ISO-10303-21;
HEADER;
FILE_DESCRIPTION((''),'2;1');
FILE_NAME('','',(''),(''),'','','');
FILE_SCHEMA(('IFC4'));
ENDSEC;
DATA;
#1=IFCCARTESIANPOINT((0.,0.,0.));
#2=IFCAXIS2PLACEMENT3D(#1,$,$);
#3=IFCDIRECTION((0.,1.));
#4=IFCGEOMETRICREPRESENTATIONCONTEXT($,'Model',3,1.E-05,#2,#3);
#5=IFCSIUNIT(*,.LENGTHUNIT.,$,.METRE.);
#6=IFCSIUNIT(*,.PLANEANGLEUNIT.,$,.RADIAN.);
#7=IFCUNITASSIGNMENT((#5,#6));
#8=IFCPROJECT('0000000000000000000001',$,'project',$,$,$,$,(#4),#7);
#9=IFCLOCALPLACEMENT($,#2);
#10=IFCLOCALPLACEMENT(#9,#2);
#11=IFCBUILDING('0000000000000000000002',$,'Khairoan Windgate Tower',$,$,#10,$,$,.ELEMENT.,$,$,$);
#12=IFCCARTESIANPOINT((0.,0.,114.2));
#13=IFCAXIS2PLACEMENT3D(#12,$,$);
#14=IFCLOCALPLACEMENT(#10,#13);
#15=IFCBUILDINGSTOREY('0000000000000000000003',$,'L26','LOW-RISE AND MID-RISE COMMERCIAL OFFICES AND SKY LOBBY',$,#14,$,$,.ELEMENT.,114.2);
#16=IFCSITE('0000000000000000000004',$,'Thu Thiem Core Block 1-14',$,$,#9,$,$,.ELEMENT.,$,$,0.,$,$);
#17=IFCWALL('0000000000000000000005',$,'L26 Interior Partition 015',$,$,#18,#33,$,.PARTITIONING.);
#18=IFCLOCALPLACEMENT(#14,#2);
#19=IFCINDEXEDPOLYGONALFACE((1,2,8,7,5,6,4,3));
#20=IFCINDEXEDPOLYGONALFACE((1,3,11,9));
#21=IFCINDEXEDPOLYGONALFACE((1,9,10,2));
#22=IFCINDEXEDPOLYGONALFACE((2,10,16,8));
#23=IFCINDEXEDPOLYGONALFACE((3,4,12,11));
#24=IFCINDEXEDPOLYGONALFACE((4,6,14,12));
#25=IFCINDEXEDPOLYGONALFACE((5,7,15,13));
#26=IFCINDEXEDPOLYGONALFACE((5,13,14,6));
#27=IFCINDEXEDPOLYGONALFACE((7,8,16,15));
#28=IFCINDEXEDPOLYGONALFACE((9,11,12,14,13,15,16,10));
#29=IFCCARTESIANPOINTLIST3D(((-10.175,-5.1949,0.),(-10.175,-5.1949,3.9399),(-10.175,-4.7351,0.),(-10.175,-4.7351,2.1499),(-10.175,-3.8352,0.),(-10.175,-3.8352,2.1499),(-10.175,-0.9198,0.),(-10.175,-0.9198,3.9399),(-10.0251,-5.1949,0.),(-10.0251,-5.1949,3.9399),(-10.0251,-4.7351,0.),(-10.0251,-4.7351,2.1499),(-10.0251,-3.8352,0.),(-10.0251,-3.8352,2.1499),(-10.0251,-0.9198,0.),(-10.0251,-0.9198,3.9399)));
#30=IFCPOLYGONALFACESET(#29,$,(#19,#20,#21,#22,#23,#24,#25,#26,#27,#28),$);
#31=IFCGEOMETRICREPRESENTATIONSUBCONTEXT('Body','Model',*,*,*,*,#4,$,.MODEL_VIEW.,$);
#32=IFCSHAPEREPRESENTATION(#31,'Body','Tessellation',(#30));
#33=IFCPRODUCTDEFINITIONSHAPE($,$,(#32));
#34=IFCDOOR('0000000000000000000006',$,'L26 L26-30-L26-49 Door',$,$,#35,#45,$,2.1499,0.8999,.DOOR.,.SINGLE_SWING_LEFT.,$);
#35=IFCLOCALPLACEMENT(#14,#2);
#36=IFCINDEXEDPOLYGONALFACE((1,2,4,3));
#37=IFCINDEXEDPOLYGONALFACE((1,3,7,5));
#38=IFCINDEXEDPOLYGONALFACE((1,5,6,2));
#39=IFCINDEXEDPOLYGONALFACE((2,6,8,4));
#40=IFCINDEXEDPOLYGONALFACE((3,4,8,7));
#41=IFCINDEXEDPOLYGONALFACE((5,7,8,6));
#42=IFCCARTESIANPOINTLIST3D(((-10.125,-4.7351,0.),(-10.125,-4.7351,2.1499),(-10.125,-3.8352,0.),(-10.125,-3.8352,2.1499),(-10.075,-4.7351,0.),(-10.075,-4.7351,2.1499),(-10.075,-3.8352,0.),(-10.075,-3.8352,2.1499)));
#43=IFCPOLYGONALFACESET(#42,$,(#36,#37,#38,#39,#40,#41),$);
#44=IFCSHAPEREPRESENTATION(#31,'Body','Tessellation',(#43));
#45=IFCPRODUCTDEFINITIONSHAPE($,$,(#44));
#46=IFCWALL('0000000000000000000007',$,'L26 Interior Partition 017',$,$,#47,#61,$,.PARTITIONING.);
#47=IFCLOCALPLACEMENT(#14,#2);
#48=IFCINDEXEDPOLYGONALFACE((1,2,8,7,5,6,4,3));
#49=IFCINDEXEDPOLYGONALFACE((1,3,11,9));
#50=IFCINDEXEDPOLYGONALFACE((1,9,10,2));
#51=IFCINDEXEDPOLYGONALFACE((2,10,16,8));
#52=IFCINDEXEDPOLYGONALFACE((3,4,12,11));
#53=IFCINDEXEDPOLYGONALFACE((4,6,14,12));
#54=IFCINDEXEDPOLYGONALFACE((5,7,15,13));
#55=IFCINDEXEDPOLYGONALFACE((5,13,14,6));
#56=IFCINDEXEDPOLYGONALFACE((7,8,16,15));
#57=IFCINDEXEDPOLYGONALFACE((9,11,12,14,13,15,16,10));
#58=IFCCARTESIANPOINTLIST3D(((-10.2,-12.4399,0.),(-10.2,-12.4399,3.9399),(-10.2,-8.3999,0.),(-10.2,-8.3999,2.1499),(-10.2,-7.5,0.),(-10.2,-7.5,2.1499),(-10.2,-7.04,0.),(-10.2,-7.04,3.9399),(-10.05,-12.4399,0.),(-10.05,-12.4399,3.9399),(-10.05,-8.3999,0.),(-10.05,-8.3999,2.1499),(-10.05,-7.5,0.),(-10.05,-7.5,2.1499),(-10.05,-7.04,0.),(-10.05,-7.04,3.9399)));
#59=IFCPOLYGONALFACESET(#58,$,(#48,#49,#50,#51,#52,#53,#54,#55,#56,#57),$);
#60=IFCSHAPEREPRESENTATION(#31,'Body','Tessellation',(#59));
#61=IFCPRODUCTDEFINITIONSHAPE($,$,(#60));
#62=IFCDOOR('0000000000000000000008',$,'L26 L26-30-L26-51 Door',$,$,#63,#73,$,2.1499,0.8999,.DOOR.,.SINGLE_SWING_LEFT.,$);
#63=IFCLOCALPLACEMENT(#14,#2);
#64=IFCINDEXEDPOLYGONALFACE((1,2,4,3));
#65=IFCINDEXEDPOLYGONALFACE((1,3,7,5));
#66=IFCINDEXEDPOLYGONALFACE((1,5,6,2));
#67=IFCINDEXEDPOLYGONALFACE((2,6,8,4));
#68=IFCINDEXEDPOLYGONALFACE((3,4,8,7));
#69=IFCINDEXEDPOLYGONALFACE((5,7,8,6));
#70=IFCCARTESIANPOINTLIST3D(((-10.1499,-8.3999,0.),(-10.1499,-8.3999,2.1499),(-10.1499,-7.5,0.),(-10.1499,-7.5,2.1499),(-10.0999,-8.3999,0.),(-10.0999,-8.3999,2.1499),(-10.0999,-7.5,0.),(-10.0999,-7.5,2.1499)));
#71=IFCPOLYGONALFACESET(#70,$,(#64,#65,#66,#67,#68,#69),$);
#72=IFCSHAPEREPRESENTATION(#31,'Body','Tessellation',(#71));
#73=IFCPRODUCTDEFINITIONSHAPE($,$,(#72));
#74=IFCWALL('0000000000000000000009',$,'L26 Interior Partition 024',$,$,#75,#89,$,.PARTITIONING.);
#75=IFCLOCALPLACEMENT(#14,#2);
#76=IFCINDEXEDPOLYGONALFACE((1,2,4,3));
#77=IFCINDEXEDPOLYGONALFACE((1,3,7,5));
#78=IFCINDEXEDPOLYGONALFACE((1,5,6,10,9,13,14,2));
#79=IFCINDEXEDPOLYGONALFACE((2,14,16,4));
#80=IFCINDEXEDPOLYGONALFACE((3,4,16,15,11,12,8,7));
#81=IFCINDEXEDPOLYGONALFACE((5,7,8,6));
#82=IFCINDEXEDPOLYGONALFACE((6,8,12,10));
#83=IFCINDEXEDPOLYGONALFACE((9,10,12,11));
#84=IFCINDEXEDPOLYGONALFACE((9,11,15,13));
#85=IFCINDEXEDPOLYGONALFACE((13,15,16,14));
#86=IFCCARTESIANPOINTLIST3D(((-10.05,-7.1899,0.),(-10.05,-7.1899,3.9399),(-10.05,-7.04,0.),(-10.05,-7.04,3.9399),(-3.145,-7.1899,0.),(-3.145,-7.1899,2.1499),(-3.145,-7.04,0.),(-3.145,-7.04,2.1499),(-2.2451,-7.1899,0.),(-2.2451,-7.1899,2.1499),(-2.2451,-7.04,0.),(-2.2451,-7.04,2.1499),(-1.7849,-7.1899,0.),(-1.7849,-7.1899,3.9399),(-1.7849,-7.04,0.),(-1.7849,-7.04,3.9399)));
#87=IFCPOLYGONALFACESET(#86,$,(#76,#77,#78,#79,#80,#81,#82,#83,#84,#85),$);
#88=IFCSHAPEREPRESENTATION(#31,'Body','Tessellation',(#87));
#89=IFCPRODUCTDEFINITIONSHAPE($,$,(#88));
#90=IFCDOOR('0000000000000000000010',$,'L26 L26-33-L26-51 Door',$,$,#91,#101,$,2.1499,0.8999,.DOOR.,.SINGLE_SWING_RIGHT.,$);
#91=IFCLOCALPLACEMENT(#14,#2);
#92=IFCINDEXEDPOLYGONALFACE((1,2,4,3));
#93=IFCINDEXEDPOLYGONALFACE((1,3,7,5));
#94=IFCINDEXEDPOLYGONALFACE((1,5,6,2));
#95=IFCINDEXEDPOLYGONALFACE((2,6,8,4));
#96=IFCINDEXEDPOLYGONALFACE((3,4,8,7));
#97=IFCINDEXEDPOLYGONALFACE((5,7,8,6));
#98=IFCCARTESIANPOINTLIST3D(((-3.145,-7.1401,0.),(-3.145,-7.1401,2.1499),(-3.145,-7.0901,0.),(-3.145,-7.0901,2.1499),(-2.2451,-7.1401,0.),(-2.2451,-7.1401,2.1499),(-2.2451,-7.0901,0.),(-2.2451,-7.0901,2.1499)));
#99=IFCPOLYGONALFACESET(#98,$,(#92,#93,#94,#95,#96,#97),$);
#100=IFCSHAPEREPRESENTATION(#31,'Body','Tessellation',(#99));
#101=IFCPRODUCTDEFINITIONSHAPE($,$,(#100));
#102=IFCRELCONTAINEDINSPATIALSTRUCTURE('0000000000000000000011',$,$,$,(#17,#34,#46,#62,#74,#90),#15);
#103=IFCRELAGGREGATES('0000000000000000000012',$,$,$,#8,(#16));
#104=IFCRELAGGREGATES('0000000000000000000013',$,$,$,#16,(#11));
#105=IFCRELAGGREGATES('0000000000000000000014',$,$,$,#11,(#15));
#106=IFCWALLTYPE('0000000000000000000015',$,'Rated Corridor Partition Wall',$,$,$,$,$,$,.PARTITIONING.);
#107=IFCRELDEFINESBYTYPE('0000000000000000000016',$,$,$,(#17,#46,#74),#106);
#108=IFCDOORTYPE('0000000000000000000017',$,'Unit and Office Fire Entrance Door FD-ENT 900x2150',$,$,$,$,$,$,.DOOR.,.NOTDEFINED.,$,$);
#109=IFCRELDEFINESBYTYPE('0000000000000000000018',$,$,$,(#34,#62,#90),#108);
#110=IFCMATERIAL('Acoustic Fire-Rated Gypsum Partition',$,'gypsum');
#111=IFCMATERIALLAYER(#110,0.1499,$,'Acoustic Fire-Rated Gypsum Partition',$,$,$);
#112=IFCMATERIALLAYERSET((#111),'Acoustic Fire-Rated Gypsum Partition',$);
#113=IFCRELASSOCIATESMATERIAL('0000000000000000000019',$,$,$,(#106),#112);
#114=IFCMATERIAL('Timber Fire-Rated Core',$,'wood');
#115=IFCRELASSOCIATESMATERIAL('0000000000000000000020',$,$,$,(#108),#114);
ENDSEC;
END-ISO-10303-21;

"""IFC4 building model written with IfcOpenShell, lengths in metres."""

from ifc_helpers import new_model, si_unit, direction, frame, frame_2d, origin, place, context, subcontext, project, spatial, rectangle, extrude, material, layer, layer_set, type_object, element, fill, save


model = new_model("IFC4")

# Units and contexts
model_context = context("Model", 3, precision=1e-05, world=origin(), true_north=direction((0.0, 1.0)))
body_context = subcontext(model_context, "Body", "Model", "MODEL_VIEW")
ifc_project = project(units=[si_unit("LENGTHUNIT", "METRE"), si_unit("PLANEANGLEUNIT", "RADIAN")], contexts=[model_context])

# Site, building, storey
site_placement = place(None, origin())
site = spatial("IfcSite", under=ifc_project, at=site_placement, Name="Thu Thiem Core Block 1-14", CompositionType="ELEMENT", RefElevation=0.0)
building_placement = place(site_placement, origin())
building = spatial("IfcBuilding", under=site, at=building_placement, Name="Khairoan Windgate Tower", CompositionType="ELEMENT")
storey_placement = place(building_placement, frame((0.0, 0.0, 114.2)))
storey = spatial("IfcBuildingStorey", under=building, at=storey_placement, Name="L26", Description="LOW-RISE AND MID-RISE COMMERCIAL OFFICES AND SKY LOBBY", CompositionType="ELEMENT", Elevation=114.2)

# Walls, openings, doors
ifc_material_1 = material(Name="Acoustic Fire-Rated Gypsum Partition", Category="gypsum")
ifc_layer_1 = layer(ifc_material_1, 0.1499, Name="Acoustic Fire-Rated Gypsum Partition")
ifc_layer_set_1 = layer_set([ifc_layer_1], Name="Acoustic Fire-Rated Gypsum Partition")
wall_type_1 = type_object("IfcWallType", Name="Rated Corridor Partition Wall", PredefinedType="PARTITIONING", material=ifc_layer_set_1)
wall_1_placement = place(storey_placement, frame((-10.1001, -5.1951, 0.0), z_axis=(0.0, 0.0, 1.0), x_axis=(0.0, 1.0, 0.0)))
wall_1 = element("IfcWall", 1, at=wall_1_placement, inside=storey, type_object=wall_type_1, Name="L26 Interior Partition 015", PredefinedType="PARTITIONING", context=body_context, shape_type="SweptSolid", body=[
    extrude(rectangle(XDim=4.2751, YDim=0.1499, at=frame_2d((2.1377, 0.0))), origin(), (0.0, 0.0, 1.0), 3.9399),
])
opening_1_placement = place(wall_1_placement, frame((0.46, 0.0, 0.0)))
opening_1 = element("IfcOpeningElement", 2, at=opening_1_placement, cuts=wall_1, PredefinedType="OPENING", context=body_context, shape_type="SweptSolid", body=[
    extrude(rectangle(XDim=0.8999, YDim=2.1499, at=frame_2d((0.45, 1.075))), frame((0.0, 0.085, 0.0), z_axis=(0.0, -1.0, 0.0), x_axis=(1.0, 0.0, 0.0)), (0.0, 0.0, 1.0), 0.1699),
])
ifc_material_2 = material(Name="Timber Fire-Rated Core", Category="wood")
door_type_1 = type_object("IfcDoorType", Name="Unit and Office Fire Entrance Door FD-ENT 900x2150", OperationType="NOTDEFINED", PredefinedType="DOOR", material=ifc_material_2)
door_1_placement = place(opening_1_placement, origin())
door_1 = element("IfcDoor", 3, at=door_1_placement, inside=storey, type_object=door_type_1, Name="L26 L26-30-L26-49 Door", OperationType="SINGLE_SWING_LEFT", OverallHeight=2.1499, OverallWidth=0.8999, PredefinedType="DOOR", context=body_context, shape_type="SweptSolid", body=[
    extrude(rectangle(XDim=0.8999, YDim=2.1499, at=frame_2d((0.45, 1.075))), frame((0.0, 0.0249, 0.0), z_axis=(0.0, -1.0, 0.0), x_axis=(1.0, 0.0, 0.0)), (0.0, 0.0, 1.0), 0.05),
])
fill(opening_1, door_1)
wall_2_placement = place(storey_placement, frame((-10.125, -12.4399, 0.0), z_axis=(0.0, 0.0, 1.0), x_axis=(0.0, 1.0, 0.0)))
wall_2 = element("IfcWall", 4, at=wall_2_placement, inside=storey, type_object=wall_type_1, Name="L26 Interior Partition 017", PredefinedType="PARTITIONING", context=body_context, shape_type="SweptSolid", body=[
    extrude(rectangle(XDim=5.3999, YDim=0.1499, at=frame_2d((2.7, 0.0))), origin(), (0.0, 0.0, 1.0), 3.9399),
])
opening_2_placement = place(wall_2_placement, frame((4.04, 0.0, 0.0)))
opening_2 = element("IfcOpeningElement", 5, at=opening_2_placement, cuts=wall_2, PredefinedType="OPENING", context=body_context, shape_type="SweptSolid", body=[
    extrude(rectangle(XDim=0.8999, YDim=2.1499, at=frame_2d((0.45, 1.075))), frame((0.0, 0.085, 0.0), z_axis=(0.0, -1.0, 0.0), x_axis=(1.0, 0.0, 0.0)), (0.0, 0.0, 1.0), 0.1699),
])
door_2_placement = place(opening_2_placement, origin())
door_2 = element("IfcDoor", 6, at=door_2_placement, inside=storey, type_object=door_type_1, Name="L26 L26-30-L26-51 Door", OperationType="SINGLE_SWING_LEFT", OverallHeight=2.1499, OverallWidth=0.8999, PredefinedType="DOOR", context=body_context, shape_type="SweptSolid", body=[
    extrude(rectangle(XDim=0.8999, YDim=2.1499, at=frame_2d((0.45, 1.075))), frame((0.0, 0.0249, 0.0), z_axis=(0.0, -1.0, 0.0), x_axis=(1.0, 0.0, 0.0)), (0.0, 0.0, 1.0), 0.05),
])
fill(opening_2, door_2)
wall_3_placement = place(storey_placement, frame((-10.05, -7.115, 0.0), z_axis=(0.0, 0.0, 1.0), x_axis=(1.0, 0.0, 0.0)))
wall_3 = element("IfcWall", 7, at=wall_3_placement, inside=storey, type_object=wall_type_1, Name="L26 Interior Partition 024", PredefinedType="PARTITIONING", context=body_context, shape_type="SweptSolid", body=[
    extrude(rectangle(XDim=8.2651, YDim=0.1499, at=frame_2d((4.1326, 0.0))), origin(), (0.0, 0.0, 1.0), 3.9399),
])
opening_3_placement = place(wall_3_placement, frame((6.905, 0.0, 0.0)))
opening_3 = element("IfcOpeningElement", 8, at=opening_3_placement, cuts=wall_3, PredefinedType="OPENING", context=body_context, shape_type="SweptSolid", body=[
    extrude(rectangle(XDim=0.8999, YDim=2.1499, at=frame_2d((0.45, 1.075))), frame((0.0, 0.085, 0.0), z_axis=(0.0, -1.0, 0.0), x_axis=(1.0, 0.0, 0.0)), (0.0, 0.0, 1.0), 0.1699),
])
door_3_placement = place(opening_3_placement, origin())
door_3 = element("IfcDoor", 9, at=door_3_placement, inside=storey, type_object=door_type_1, Name="L26 L26-33-L26-51 Door", OperationType="SINGLE_SWING_RIGHT", OverallHeight=2.1499, OverallWidth=0.8999, PredefinedType="DOOR", context=body_context, shape_type="SweptSolid", body=[
    extrude(rectangle(XDim=0.8999, YDim=2.1499, at=frame_2d((0.45, 1.075))), frame((0.0, 0.0249, 0.0), z_axis=(0.0, -1.0, 0.0), x_axis=(1.0, 0.0, 0.0)), (0.0, 0.0, 1.0), 0.05),
])
fill(opening_3, door_3)

save(model, "model.ifc")
